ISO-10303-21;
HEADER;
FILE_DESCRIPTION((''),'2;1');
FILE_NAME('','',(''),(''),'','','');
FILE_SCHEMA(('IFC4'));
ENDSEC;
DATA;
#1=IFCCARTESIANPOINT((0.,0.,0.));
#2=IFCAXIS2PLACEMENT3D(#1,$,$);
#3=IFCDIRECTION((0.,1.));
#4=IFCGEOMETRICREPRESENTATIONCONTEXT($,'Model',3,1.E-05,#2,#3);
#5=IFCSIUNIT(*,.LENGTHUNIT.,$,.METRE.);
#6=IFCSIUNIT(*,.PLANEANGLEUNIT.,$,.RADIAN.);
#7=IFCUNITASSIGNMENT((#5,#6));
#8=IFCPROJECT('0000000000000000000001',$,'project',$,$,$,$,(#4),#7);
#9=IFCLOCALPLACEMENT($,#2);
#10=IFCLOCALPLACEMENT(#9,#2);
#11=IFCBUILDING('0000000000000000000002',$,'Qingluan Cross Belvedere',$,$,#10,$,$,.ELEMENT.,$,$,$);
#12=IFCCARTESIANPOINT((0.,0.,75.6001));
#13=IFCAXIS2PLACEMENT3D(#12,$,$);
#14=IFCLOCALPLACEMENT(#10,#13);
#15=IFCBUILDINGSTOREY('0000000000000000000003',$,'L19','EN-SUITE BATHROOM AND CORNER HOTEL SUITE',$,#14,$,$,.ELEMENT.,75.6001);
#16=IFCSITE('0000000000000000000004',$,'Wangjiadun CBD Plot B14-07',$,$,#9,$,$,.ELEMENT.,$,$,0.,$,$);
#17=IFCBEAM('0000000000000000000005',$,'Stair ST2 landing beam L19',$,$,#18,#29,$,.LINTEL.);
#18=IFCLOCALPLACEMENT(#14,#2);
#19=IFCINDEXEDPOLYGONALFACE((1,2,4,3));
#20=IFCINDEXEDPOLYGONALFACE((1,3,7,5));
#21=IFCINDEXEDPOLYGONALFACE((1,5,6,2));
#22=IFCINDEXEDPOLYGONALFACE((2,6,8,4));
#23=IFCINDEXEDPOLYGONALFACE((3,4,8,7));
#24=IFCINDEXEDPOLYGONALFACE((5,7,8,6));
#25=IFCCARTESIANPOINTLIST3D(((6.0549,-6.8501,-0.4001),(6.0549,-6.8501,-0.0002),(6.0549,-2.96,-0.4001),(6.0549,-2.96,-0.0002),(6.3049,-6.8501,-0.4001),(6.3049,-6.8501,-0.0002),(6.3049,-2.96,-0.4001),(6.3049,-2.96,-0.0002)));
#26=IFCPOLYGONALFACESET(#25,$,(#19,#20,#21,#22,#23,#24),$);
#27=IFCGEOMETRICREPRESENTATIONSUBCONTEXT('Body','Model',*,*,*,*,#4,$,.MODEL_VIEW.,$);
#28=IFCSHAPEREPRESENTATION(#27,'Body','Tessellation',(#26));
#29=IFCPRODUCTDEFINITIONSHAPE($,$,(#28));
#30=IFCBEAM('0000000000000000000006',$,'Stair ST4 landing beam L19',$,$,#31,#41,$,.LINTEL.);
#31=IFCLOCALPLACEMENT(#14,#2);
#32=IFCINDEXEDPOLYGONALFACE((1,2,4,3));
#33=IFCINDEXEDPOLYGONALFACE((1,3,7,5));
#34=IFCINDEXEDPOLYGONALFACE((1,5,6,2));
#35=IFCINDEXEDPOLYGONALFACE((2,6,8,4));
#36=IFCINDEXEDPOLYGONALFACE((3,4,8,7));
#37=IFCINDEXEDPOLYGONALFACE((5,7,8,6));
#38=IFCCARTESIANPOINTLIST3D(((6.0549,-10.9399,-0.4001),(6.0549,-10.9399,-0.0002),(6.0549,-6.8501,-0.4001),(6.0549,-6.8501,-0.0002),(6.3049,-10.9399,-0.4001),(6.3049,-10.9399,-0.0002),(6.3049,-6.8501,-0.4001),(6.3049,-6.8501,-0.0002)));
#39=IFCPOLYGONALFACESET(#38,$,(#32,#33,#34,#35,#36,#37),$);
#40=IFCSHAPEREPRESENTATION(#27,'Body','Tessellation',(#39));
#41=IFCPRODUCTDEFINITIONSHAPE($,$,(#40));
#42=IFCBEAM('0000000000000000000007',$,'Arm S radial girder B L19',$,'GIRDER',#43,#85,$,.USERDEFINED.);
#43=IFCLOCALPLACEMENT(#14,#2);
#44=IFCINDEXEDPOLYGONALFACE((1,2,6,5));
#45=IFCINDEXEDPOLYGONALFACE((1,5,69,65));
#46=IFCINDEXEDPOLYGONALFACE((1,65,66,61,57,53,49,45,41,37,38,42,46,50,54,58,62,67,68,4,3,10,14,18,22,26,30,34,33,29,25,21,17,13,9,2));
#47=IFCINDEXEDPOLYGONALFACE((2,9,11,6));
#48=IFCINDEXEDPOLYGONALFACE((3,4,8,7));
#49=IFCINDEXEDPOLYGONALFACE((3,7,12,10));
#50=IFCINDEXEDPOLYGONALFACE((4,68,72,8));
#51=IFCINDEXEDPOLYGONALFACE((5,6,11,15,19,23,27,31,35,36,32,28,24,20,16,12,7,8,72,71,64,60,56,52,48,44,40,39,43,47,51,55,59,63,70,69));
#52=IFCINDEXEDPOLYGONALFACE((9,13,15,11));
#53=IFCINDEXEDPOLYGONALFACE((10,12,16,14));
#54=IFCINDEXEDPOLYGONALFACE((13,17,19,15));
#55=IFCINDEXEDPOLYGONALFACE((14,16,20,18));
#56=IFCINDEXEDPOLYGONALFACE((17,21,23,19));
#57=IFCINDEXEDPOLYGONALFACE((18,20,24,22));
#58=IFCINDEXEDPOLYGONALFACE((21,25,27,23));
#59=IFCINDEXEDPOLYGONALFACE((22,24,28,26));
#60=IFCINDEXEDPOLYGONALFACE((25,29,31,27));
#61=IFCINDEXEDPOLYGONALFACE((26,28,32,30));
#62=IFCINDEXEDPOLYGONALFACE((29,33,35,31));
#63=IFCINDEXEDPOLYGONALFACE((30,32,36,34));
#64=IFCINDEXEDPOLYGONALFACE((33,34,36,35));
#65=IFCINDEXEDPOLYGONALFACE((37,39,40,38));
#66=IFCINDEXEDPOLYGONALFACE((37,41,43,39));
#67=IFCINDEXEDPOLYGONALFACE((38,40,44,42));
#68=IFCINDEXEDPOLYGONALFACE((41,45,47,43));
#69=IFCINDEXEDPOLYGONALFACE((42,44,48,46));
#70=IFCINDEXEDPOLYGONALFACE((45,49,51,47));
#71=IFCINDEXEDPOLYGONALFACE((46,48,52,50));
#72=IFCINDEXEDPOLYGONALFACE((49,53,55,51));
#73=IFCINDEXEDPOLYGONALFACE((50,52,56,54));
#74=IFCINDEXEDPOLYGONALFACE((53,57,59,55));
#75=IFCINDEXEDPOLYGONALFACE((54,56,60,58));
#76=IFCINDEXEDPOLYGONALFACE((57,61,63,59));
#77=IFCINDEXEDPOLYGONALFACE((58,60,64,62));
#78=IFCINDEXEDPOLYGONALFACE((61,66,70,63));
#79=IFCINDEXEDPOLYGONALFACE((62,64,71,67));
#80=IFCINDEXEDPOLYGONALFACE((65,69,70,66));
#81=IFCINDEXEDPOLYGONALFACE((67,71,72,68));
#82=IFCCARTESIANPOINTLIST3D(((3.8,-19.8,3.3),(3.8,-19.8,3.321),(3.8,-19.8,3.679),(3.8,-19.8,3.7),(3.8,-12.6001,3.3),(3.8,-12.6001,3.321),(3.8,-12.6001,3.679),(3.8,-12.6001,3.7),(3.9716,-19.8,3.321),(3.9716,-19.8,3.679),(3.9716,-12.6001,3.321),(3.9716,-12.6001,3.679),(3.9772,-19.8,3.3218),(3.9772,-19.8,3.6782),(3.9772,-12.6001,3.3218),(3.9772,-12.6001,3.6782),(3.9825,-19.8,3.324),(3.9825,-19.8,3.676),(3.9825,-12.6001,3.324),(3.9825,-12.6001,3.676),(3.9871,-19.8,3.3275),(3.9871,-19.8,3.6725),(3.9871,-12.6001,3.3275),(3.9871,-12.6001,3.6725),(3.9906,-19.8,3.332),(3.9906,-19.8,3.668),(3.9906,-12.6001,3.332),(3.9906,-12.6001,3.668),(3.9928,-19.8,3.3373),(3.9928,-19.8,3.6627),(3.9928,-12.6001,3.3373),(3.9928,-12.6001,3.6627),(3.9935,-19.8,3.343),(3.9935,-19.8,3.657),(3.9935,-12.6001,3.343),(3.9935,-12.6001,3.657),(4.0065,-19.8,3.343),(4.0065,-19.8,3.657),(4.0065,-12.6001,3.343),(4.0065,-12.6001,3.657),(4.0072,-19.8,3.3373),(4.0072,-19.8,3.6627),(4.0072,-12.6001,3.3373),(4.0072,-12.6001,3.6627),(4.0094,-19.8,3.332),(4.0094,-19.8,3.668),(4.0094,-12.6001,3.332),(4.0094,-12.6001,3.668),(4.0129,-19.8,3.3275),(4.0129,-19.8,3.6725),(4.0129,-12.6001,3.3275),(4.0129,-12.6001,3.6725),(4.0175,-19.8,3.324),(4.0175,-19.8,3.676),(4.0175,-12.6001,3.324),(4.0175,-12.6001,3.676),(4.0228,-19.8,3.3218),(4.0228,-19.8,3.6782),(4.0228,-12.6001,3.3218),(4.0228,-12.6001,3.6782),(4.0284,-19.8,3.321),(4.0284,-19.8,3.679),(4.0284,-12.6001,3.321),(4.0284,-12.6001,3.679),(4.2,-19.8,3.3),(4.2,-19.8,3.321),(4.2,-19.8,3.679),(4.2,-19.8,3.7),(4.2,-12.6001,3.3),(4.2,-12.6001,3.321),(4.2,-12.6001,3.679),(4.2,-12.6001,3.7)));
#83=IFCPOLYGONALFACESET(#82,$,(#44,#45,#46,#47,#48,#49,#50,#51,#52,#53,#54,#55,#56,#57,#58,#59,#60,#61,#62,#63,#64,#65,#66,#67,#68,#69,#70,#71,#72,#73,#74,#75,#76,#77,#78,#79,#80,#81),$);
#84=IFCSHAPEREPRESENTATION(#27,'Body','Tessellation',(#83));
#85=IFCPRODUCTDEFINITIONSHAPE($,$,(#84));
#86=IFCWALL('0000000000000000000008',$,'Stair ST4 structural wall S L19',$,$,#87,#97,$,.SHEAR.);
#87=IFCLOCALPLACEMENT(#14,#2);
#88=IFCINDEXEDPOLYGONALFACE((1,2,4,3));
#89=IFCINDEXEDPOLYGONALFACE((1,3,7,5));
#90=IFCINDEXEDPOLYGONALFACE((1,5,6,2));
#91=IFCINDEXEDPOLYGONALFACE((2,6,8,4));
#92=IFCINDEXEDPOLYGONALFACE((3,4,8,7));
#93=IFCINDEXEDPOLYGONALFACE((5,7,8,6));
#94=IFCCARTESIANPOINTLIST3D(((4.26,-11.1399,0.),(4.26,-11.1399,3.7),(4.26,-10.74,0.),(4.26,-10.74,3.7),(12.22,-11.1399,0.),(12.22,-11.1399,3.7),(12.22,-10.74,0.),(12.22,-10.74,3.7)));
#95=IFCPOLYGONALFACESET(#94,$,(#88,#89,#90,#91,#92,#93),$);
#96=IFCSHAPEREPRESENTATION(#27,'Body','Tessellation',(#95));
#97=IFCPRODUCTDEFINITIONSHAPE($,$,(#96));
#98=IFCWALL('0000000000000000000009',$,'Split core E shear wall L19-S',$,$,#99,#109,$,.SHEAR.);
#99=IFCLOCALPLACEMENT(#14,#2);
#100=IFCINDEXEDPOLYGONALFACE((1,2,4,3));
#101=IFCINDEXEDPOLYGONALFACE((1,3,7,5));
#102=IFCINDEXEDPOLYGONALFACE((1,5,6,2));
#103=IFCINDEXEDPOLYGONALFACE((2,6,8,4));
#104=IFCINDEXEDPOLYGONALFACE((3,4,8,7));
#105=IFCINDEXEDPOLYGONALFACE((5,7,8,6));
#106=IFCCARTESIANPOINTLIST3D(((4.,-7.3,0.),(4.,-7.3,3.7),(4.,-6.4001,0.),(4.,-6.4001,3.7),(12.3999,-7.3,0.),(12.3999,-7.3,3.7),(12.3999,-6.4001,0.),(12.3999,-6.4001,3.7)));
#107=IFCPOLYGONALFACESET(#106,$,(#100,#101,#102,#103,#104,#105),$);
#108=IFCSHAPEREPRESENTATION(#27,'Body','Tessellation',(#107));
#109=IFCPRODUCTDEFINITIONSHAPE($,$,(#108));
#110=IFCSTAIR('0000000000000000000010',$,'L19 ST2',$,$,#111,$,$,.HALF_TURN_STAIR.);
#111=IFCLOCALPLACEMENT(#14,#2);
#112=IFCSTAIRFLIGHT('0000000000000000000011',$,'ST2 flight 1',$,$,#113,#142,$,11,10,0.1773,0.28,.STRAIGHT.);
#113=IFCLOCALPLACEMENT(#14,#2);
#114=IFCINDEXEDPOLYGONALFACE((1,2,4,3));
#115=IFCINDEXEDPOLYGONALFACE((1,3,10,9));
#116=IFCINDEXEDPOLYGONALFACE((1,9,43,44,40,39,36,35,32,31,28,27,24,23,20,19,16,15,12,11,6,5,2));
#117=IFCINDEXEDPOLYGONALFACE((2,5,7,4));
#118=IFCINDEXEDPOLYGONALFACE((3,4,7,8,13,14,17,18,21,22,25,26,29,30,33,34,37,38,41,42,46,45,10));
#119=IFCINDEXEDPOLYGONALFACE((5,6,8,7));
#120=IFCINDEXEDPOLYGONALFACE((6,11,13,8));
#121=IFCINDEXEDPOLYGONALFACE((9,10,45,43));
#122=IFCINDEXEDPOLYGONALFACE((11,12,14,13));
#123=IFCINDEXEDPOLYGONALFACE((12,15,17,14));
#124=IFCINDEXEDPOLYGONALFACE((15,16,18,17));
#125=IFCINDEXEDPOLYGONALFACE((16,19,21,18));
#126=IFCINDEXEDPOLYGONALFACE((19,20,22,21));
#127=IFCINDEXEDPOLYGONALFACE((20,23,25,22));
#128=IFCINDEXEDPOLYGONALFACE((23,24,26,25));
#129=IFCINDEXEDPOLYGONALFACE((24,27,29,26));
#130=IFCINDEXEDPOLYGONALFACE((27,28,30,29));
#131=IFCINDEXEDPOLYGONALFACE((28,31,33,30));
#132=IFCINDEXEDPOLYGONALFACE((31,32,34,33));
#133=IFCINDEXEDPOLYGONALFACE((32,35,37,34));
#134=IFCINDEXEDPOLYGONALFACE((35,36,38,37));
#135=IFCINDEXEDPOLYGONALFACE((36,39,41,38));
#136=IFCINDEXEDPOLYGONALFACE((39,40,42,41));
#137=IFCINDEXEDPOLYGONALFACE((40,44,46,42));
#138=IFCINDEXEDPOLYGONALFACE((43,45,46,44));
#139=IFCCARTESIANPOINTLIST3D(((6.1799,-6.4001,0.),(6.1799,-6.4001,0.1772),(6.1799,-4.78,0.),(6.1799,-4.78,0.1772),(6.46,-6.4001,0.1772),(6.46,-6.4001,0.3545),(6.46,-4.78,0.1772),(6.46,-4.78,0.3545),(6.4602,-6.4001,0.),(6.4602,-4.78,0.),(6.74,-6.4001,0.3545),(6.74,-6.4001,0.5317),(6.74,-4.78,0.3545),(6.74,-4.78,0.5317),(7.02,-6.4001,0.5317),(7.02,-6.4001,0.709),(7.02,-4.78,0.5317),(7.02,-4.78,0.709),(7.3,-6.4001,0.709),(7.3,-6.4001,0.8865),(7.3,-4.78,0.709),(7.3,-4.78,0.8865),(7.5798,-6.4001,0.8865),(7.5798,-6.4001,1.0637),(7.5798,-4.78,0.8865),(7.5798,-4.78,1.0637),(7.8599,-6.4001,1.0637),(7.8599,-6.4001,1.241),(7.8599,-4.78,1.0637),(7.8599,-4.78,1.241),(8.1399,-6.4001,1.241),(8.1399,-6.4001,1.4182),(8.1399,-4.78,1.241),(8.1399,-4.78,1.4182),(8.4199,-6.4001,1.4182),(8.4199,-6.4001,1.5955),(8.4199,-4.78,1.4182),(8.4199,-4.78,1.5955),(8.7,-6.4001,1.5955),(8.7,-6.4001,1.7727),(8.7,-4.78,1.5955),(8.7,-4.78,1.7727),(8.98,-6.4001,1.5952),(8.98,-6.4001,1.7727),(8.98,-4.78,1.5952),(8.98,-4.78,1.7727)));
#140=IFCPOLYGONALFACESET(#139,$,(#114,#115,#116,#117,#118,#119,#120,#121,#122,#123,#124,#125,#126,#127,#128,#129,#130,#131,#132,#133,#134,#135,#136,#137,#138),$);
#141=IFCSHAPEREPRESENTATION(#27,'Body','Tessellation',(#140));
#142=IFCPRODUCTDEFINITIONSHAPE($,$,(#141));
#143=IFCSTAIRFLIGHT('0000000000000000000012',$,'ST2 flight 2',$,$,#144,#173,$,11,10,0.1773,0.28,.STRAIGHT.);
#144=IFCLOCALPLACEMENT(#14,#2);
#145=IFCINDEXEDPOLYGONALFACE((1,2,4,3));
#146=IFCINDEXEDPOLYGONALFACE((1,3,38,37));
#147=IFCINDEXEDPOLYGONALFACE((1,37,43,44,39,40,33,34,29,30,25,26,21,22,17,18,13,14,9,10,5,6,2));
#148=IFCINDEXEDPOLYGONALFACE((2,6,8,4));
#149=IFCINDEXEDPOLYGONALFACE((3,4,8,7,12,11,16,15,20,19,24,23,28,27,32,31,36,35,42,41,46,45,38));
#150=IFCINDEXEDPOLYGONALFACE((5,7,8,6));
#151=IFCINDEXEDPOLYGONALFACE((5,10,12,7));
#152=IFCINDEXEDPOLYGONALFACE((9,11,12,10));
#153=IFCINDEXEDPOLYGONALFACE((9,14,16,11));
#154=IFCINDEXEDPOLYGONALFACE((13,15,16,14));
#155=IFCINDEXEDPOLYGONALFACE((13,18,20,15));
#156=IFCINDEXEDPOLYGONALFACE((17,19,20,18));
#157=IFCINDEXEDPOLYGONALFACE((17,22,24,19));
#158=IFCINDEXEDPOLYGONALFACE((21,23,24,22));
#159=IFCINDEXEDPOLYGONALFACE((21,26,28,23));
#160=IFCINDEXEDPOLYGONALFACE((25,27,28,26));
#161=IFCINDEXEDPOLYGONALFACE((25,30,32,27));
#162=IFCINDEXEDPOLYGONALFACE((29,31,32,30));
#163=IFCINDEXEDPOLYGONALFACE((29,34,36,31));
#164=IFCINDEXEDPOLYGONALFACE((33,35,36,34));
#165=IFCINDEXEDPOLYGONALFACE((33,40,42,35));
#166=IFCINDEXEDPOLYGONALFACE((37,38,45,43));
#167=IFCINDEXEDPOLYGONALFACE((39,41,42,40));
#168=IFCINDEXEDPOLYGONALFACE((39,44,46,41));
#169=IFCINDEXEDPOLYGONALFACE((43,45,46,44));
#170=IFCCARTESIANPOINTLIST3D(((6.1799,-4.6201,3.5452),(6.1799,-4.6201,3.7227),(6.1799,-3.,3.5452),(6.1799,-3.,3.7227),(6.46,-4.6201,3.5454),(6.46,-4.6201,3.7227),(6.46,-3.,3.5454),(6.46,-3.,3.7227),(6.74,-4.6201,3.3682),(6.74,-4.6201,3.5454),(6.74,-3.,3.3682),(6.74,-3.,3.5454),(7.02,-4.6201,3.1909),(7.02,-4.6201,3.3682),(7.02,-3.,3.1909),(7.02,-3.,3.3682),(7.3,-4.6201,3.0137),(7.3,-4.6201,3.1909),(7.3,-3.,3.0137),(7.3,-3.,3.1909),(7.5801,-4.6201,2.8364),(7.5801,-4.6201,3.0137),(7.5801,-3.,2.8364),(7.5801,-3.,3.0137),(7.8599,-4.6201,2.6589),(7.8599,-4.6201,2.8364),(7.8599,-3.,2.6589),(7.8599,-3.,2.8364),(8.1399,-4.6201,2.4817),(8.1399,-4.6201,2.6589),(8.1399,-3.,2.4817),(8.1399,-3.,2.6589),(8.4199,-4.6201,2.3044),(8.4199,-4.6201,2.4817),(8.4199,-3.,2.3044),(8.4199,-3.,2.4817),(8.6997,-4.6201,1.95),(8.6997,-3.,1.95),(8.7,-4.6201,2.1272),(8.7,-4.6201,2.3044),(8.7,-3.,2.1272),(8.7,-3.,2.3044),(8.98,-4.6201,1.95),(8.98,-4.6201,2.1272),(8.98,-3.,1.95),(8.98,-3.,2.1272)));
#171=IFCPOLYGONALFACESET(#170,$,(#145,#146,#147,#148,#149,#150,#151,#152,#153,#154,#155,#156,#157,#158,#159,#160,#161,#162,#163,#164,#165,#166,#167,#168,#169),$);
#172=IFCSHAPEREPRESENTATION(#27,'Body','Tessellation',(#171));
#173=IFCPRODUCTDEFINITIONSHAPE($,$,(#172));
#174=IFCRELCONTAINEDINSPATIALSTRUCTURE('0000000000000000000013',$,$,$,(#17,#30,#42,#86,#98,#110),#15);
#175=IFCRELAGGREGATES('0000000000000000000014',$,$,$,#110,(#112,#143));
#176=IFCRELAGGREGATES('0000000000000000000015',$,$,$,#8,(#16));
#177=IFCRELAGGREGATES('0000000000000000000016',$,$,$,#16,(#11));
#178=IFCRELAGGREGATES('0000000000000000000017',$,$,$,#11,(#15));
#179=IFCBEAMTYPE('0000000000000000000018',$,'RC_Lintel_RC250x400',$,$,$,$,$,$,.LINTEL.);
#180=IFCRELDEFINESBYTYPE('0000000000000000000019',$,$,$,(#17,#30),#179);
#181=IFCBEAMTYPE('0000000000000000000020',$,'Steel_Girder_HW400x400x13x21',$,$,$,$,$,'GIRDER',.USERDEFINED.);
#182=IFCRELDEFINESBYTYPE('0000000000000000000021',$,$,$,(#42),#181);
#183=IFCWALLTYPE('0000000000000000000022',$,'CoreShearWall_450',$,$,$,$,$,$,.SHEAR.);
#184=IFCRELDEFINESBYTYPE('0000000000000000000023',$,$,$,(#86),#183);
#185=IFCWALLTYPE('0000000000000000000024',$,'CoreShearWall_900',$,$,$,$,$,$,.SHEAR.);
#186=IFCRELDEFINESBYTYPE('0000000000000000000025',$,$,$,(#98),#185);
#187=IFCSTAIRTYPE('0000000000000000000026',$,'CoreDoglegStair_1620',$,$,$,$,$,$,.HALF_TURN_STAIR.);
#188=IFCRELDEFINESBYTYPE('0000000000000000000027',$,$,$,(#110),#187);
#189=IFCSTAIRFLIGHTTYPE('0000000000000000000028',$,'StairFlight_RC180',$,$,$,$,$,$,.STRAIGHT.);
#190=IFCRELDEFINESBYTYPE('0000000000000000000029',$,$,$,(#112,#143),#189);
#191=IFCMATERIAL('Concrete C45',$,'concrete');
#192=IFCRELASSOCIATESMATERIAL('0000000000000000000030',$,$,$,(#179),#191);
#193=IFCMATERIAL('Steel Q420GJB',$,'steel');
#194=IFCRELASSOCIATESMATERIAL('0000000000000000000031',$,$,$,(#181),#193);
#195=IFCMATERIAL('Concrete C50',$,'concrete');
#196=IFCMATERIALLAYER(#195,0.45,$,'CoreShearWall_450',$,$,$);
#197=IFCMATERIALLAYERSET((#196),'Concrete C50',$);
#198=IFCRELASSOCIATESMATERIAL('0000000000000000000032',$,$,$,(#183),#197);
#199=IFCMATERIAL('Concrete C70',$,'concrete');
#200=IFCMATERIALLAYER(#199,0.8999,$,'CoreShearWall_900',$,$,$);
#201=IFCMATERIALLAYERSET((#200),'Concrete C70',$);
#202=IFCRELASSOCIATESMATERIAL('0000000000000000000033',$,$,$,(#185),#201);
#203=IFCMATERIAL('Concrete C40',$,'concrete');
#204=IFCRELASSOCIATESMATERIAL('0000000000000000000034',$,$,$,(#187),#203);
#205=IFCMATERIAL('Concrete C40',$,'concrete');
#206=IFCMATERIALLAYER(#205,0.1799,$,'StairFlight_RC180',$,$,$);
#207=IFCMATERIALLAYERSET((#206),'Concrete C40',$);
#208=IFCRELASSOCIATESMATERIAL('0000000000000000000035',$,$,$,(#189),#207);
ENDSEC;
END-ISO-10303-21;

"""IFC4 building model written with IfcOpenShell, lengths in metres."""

from ifc_helpers import new_model, si_unit, direction, frame, frame_2d, origin, origin_2d, place, context, subcontext, project, spatial, polyline, rectangle, i_section, outline, extrude, material, layer, layer_set, material_profile, profile_set, type_object, element, aggregate, save


model = new_model("IFC4")

# Units and contexts
model_context = context("Model", 3, precision=1e-05, world=origin(), true_north=direction((0.0, 1.0)))
body_context = subcontext(model_context, "Body", "Model", "MODEL_VIEW")
ifc_project = project(units=[si_unit("LENGTHUNIT", "METRE"), si_unit("PLANEANGLEUNIT", "RADIAN")], contexts=[model_context])

# Site, building, storey
site_placement = place(None, origin())
site = spatial("IfcSite", under=ifc_project, at=site_placement, Name="Wangjiadun CBD Plot B14-07", CompositionType="ELEMENT", RefElevation=0.0)
building_placement = place(site_placement, origin())
building = spatial("IfcBuilding", under=site, at=building_placement, Name="Qingluan Cross Belvedere", CompositionType="ELEMENT")
storey_placement = place(building_placement, frame((0.0, 0.0, 75.6001)))
storey = spatial("IfcBuildingStorey", under=building, at=storey_placement, Name="L19", Description="EN-SUITE BATHROOM AND CORNER HOTEL SUITE", CompositionType="ELEMENT", Elevation=75.6001)

# Beams
ifc_material_1 = material(Name="Concrete C45", Category="concrete")
ifc_material_profile_1 = material_profile(ifc_material_1, rectangle(XDim=0.25, YDim=0.3999, at=origin_2d()), Name="RC250x400")
ifc_profile_set_1 = profile_set([ifc_material_profile_1], Name="Concrete C45")
beam_type_1 = type_object("IfcBeamType", Name="RC_Lintel_RC250x400", PredefinedType="LINTEL", material=ifc_profile_set_1)
beam_1_placement = place(storey_placement, frame((6.1799, -6.8501, -0.2002), z_axis=(0.0, 1.0, 0.0), x_axis=(-1.0, 0.0, 0.0)))
element("IfcBeam", 1, at=beam_1_placement, inside=storey, type_object=beam_type_1, Name="Stair ST2 landing beam L19", PredefinedType="LINTEL", context=body_context, shape_type="SweptSolid", body=[
    extrude(rectangle(XDim=0.25, YDim=0.3999, at=origin_2d()), origin(), (0.0, 0.0, 1.0), 3.8901),
])
beam_2_placement = place(storey_placement, frame((6.1799, -10.9399, -0.2002), z_axis=(0.0, 1.0, 0.0), x_axis=(-1.0, 0.0, 0.0)))
element("IfcBeam", 2, at=beam_2_placement, inside=storey, type_object=beam_type_1, Name="Stair ST4 landing beam L19", PredefinedType="LINTEL", context=body_context, shape_type="SweptSolid", body=[
    extrude(rectangle(XDim=0.25, YDim=0.3999, at=origin_2d()), origin(), (0.0, 0.0, 1.0), 4.0898),
])
ifc_material_2 = material(Name="Steel Q420GJB", Category="steel")
ifc_material_profile_2 = material_profile(ifc_material_2, i_section(OverallWidth=0.3999, OverallDepth=0.3999, WebThickness=0.0129, FlangeThickness=0.021, FilletRadius=0.022, at=origin_2d()), Name="HW400x400x13x21")
ifc_profile_set_2 = profile_set([ifc_material_profile_2], Name="Steel Q420GJB")
beam_type_2 = type_object("IfcBeamType", Name="Steel_Girder_HW400x400x13x21", ElementType="GIRDER", PredefinedType="USERDEFINED", material=ifc_profile_set_2)
beam_3_placement = place(storey_placement, frame((4.0, -12.6001, 3.5), z_axis=(0.0, -1.0, 0.0), x_axis=(1.0, 0.0, 0.0)))
element("IfcBeam", 3, at=beam_3_placement, inside=storey, type_object=beam_type_2, Name="Arm S radial girder B L19", ObjectType="GIRDER", PredefinedType="USERDEFINED", context=body_context, shape_type="SweptSolid", body=[
    extrude(i_section(OverallWidth=0.3999, OverallDepth=0.3999, WebThickness=0.0129, FlangeThickness=0.021, FilletRadius=0.022, at=origin_2d()), origin(), (0.0, 0.0, 1.0), 7.2),
])

# Wall
ifc_material_3 = material(Name="Concrete C50", Category="concrete")
ifc_layer_1 = layer(ifc_material_3, 0.45, Name="CoreShearWall_450")
ifc_layer_set_1 = layer_set([ifc_layer_1], Name="Concrete C50")
wall_type_1 = type_object("IfcWallType", Name="CoreShearWall_450", PredefinedType="SHEAR", material=ifc_layer_set_1)
wall_1_placement = place(storey_placement, frame((4.26, -10.9399, 0.0), z_axis=(0.0, 0.0, 1.0), x_axis=(1.0, 0.0, 0.0)))
element("IfcWall", 4, at=wall_1_placement, inside=storey, type_object=wall_type_1, Name="Stair ST4 structural wall S L19", PredefinedType="SHEAR", context=body_context, shape_type="SweptSolid", body=[
    extrude(rectangle(XDim=7.96, YDim=0.3999, at=frame_2d((3.98, 0.0))), origin(), (0.0, 0.0, 1.0), 3.7),
])

# Wall
ifc_material_4 = material(Name="Concrete C70", Category="concrete")
ifc_layer_2 = layer(ifc_material_4, 0.8999, Name="CoreShearWall_900")
ifc_layer_set_2 = layer_set([ifc_layer_2], Name="Concrete C70")
wall_type_2 = type_object("IfcWallType", Name="CoreShearWall_900", PredefinedType="SHEAR", material=ifc_layer_set_2)
wall_2_placement = place(storey_placement, frame((4.0, -6.8501, 0.0), z_axis=(0.0, 0.0, 1.0), x_axis=(1.0, 0.0, 0.0)))
element("IfcWall", 5, at=wall_2_placement, inside=storey, type_object=wall_type_2, Name="Split core E shear wall L19-S", PredefinedType="SHEAR", context=body_context, shape_type="SweptSolid", body=[
    extrude(rectangle(XDim=8.3999, YDim=0.8999, at=frame_2d((4.2, 0.0))), origin(), (0.0, 0.0, 1.0), 3.7),
])

# Stair, stair flights
ifc_material_5 = material(Name="Concrete C40", Category="concrete")
stair_type = type_object("IfcStairType", Name="CoreDoglegStair_1620", PredefinedType="HALF_TURN_STAIR", material=ifc_material_5)
stair_1_placement = place(storey_placement, origin())
stair_1 = element("IfcStair", 6, at=stair_1_placement, inside=storey, type_object=stair_type, Name="L19 ST2", PredefinedType="HALF_TURN_STAIR")
ifc_material_6 = material(Name="Concrete C40", Category="concrete")
ifc_layer_3 = layer(ifc_material_6, 0.1799, Name="StairFlight_RC180")
ifc_layer_set_3 = layer_set([ifc_layer_3], Name="Concrete C40")
stair_flight_type = type_object("IfcStairFlightType", Name="StairFlight_RC180", PredefinedType="STRAIGHT", material=ifc_layer_set_3)
stair_flight_1_placement = place(storey_placement, frame((6.1799, -5.5901, 0.0), z_axis=(0.0, 0.0, 1.0), x_axis=(1.0, 0.0, 0.0)))
stair_flight_1 = element("IfcStairFlight", 7, at=stair_flight_1_placement, type_object=stair_flight_type, Name="ST2 flight 1", NumberOfRisers=11, NumberOfTreads=10, PredefinedType="STRAIGHT", RiserHeight=0.1773, TreadLength=0.28, context=body_context, shape_type="SweptSolid", body=[
    extrude(outline(polyline([(0.0, 0.0), (0.0, 0.1772), (0.28, 0.1772), (0.28, 0.3545), (0.5601, 0.3545), (0.5601, 0.5317), (0.8401, 0.5317), (0.8401, 0.709), (1.1201, 0.709), (1.1201, 0.8865), (1.3999, 0.8865), (1.3999, 1.0637), (1.6799, 1.0637), (1.6799, 1.241), (1.96, 1.241), (1.96, 1.4182), (2.24, 1.4182), (2.24, 1.5955), (2.52, 1.5955), (2.52, 1.7727), (2.8, 1.7727), (2.8, 1.95), (2.8, 1.5952), (0.2803, 0.0), (0.0, 0.0)])), frame((0.0, 0.8101, 0.0), z_axis=(0.0, -1.0, 0.0), x_axis=(1.0, 0.0, 0.0)), (0.0, 0.0, 1.0), 1.6201),
])
stair_flight_2_placement = place(storey_placement, frame((8.98, -3.8101, 1.95), z_axis=(0.0, 0.0, 1.0), x_axis=(-1.0, 0.0, 0.0)))
stair_flight_2 = element("IfcStairFlight", 8, at=stair_flight_2_placement, type_object=stair_flight_type, Name="ST2 flight 2", NumberOfRisers=11, NumberOfTreads=10, PredefinedType="STRAIGHT", RiserHeight=0.1773, TreadLength=0.28, context=body_context, shape_type="SweptSolid", body=[
    extrude(outline(polyline([(0.0, 0.0), (0.0, 0.1772), (0.28, 0.1772), (0.28, 0.3545), (0.5601, 0.3545), (0.5601, 0.5317), (0.8401, 0.5317), (0.8401, 0.709), (1.1201, 0.709), (1.1201, 0.8865), (1.3999, 0.8865), (1.3999, 1.0637), (1.6799, 1.0637), (1.6799, 1.241), (1.96, 1.241), (1.96, 1.4182), (2.24, 1.4182), (2.24, 1.5955), (2.52, 1.5955), (2.52, 1.7727), (2.8, 1.7727), (2.8, 1.95), (2.8, 1.5952), (0.2803, 0.0), (0.0, 0.0)])), frame((0.0, 0.8101, 0.0), z_axis=(0.0, -1.0, 0.0), x_axis=(1.0, 0.0, 0.0)), (0.0, 0.0, 1.0), 1.6201),
])
aggregate(stair_1, [stair_flight_1, stair_flight_2])

save(model, "model.ifc")
